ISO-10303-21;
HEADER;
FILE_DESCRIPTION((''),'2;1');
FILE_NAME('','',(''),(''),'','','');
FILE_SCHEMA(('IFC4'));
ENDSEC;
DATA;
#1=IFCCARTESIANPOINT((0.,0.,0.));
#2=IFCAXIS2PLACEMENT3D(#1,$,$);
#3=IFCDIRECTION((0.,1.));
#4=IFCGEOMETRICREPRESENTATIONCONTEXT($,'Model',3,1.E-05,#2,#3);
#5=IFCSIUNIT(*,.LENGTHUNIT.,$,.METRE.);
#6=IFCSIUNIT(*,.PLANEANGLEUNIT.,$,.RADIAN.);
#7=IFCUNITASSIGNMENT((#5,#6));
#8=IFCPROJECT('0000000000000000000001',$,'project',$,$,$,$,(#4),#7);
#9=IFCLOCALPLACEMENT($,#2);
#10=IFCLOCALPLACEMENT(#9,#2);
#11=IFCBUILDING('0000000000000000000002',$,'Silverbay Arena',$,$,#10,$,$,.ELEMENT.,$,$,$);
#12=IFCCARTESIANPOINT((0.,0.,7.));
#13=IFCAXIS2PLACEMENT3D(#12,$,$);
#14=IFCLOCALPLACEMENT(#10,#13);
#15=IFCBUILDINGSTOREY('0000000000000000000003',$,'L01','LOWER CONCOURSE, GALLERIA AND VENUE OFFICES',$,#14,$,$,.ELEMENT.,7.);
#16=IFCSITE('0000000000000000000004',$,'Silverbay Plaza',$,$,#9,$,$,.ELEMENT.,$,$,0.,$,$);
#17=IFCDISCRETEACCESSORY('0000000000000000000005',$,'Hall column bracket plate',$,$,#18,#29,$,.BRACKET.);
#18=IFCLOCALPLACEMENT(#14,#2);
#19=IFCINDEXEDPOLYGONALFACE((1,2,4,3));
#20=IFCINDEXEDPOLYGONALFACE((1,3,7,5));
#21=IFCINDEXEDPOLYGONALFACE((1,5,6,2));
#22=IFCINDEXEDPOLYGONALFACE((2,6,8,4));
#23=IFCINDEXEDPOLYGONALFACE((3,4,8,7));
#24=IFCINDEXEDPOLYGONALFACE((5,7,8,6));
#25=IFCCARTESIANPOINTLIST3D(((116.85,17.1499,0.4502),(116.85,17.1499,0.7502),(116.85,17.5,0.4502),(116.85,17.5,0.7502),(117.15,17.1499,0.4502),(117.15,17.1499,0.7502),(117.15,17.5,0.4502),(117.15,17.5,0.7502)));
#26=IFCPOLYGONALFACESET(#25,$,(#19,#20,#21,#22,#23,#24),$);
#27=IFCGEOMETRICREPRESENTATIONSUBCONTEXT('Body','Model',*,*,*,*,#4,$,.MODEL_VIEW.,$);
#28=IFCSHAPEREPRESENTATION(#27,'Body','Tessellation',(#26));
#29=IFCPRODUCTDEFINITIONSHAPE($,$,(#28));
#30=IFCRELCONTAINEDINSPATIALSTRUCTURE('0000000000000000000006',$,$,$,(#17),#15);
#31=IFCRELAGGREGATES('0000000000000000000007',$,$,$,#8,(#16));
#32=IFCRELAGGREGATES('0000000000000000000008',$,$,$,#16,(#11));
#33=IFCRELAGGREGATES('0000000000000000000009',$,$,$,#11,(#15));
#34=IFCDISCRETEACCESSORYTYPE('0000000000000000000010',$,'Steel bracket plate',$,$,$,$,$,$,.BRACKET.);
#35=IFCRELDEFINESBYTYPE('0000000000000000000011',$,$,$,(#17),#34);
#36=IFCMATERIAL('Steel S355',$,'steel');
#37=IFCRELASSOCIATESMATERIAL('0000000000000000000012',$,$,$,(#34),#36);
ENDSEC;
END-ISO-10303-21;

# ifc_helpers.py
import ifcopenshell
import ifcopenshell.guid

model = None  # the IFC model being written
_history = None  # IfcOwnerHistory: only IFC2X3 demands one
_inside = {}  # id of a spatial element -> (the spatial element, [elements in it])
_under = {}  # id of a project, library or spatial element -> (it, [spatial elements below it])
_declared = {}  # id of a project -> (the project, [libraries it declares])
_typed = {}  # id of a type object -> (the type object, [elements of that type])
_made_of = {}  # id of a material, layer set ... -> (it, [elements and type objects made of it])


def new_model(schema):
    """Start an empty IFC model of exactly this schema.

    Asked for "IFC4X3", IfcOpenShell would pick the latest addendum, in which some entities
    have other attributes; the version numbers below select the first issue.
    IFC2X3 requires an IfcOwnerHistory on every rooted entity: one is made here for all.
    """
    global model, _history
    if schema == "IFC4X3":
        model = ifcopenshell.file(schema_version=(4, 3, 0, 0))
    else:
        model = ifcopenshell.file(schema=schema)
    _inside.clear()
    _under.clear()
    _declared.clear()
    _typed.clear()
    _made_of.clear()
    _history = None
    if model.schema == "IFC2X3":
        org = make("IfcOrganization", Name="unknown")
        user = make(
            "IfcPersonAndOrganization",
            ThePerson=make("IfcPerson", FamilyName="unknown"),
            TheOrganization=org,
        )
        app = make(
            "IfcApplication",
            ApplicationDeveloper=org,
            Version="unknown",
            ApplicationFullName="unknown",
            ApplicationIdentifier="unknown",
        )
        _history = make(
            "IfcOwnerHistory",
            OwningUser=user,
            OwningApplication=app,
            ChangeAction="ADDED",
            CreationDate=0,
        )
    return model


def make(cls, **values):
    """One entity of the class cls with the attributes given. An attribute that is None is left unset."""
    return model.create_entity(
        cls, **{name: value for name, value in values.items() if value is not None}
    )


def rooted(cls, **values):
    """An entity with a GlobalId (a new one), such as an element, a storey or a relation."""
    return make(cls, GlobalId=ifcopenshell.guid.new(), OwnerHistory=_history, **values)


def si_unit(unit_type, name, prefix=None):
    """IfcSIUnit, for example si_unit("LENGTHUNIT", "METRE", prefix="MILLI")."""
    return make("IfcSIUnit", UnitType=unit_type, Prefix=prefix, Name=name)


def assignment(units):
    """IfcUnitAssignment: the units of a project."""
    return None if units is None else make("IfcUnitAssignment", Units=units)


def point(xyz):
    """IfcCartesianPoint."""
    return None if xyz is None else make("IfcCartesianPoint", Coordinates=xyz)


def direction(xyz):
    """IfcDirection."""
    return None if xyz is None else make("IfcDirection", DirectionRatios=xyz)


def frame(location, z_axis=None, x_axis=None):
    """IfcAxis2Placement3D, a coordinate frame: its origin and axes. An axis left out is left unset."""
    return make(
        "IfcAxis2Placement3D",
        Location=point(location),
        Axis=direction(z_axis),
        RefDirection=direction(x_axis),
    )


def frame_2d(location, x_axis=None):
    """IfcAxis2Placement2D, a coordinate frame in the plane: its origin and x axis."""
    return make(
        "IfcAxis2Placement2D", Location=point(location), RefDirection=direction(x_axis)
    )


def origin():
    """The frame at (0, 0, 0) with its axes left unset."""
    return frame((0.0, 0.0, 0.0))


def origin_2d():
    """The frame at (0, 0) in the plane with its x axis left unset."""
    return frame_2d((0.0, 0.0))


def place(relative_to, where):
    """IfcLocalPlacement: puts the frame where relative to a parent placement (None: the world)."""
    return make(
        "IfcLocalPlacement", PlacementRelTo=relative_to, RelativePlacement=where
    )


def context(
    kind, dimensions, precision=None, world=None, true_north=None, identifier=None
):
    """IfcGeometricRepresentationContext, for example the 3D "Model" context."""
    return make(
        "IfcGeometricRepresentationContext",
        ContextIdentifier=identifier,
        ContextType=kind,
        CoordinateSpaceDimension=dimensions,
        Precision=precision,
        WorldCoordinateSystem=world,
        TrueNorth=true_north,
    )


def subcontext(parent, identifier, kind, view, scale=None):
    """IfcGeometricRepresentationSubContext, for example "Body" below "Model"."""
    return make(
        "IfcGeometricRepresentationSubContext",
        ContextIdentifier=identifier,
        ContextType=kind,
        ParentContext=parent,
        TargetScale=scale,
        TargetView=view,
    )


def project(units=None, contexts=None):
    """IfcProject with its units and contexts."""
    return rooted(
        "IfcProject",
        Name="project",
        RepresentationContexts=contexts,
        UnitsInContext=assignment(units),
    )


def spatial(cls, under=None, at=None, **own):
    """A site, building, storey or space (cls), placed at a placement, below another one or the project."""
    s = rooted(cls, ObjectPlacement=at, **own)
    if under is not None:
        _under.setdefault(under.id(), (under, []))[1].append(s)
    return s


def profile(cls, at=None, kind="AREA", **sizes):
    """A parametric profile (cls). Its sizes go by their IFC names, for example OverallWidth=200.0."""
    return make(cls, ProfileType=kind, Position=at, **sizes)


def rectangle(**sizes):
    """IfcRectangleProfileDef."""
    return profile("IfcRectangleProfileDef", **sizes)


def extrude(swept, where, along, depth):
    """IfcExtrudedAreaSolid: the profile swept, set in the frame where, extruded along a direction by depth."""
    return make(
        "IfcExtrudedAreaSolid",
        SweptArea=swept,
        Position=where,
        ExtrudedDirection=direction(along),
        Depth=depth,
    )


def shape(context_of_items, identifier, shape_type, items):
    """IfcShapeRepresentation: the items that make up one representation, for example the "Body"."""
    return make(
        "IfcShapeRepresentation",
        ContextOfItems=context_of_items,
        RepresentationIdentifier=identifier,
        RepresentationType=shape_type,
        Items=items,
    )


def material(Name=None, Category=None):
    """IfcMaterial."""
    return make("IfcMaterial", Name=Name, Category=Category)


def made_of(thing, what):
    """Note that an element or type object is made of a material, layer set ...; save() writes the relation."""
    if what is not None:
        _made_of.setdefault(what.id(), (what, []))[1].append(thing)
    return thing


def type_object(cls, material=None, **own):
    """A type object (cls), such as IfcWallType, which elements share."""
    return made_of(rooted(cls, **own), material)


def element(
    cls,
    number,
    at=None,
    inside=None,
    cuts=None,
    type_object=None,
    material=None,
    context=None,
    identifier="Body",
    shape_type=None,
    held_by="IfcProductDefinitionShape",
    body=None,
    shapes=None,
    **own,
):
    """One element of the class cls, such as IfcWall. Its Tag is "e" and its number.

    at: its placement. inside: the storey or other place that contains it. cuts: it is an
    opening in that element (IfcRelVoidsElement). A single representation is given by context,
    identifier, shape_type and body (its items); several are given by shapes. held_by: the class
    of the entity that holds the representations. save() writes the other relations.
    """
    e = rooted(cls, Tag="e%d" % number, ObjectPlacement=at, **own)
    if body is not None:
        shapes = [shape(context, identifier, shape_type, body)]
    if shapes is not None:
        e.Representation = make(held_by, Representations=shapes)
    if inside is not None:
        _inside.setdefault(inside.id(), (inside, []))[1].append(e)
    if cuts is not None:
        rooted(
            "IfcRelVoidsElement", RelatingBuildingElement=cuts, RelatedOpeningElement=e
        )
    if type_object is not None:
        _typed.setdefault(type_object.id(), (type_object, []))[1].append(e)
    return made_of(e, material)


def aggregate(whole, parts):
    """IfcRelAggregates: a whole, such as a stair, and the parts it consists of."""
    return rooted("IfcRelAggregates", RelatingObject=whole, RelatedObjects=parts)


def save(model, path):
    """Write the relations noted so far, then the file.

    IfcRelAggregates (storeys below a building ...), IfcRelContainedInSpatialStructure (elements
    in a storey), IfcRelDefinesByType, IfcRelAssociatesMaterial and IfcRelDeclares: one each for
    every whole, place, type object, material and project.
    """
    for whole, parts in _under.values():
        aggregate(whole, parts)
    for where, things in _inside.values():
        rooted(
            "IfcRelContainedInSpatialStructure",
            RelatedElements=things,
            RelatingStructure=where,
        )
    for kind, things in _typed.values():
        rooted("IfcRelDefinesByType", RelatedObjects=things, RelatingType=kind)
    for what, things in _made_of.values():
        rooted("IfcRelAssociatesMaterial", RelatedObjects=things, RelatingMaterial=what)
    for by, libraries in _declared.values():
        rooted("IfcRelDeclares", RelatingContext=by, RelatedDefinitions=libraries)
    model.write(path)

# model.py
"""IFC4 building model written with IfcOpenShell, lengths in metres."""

from ifc_helpers import new_model, si_unit, direction, frame, origin, origin_2d, place, context, subcontext, project, spatial, rectangle, extrude, material, type_object, element, save


model = new_model("IFC4")

# Units and contexts
model_context = context("Model", 3, precision=1e-05, world=origin(), true_north=direction((0.0, 1.0)))
body_context = subcontext(model_context, "Body", "Model", "MODEL_VIEW")
ifc_project = project(units=[si_unit("LENGTHUNIT", "METRE"), si_unit("PLANEANGLEUNIT", "RADIAN")], contexts=[model_context])

# Site, building, storey
site_placement = place(None, origin())
site = spatial("IfcSite", under=ifc_project, at=site_placement, Name="Silverbay Plaza", CompositionType="ELEMENT", RefElevation=0.0)
building_placement = place(site_placement, origin())
building = spatial("IfcBuilding", under=site, at=building_placement, Name="Silverbay Arena", CompositionType="ELEMENT")
storey_placement = place(building_placement, frame((0.0, 0.0, 7.0)))
storey = spatial("IfcBuildingStorey", under=building, at=storey_placement, Name="L01", Description="LOWER CONCOURSE, GALLERIA AND VENUE OFFICES", CompositionType="ELEMENT", Elevation=7.0)

# Discrete accessory
ifc_material_1 = material(Name="Steel S355", Category="steel")
discrete_accessory_type = type_object("IfcDiscreteAccessoryType", Name="Steel bracket plate", PredefinedType="BRACKET", material=ifc_material_1)
discrete_accessory_placement = place(storey_placement, frame((117.0, 17.325, 0.4502), z_axis=(0.0, 0.0, 1.0), x_axis=(1.0, 0.0, 0.0)))
element("IfcDiscreteAccessory", 1, at=discrete_accessory_placement, inside=storey, type_object=discrete_accessory_type, Name="Hall column bracket plate", PredefinedType="BRACKET", context=body_context, shape_type="SweptSolid", body=[
    extrude(rectangle(XDim=0.3, YDim=0.3501, at=origin_2d()), origin(), (0.0, 0.0, 1.0), 0.3),
])

save(model, "model.ifc")
